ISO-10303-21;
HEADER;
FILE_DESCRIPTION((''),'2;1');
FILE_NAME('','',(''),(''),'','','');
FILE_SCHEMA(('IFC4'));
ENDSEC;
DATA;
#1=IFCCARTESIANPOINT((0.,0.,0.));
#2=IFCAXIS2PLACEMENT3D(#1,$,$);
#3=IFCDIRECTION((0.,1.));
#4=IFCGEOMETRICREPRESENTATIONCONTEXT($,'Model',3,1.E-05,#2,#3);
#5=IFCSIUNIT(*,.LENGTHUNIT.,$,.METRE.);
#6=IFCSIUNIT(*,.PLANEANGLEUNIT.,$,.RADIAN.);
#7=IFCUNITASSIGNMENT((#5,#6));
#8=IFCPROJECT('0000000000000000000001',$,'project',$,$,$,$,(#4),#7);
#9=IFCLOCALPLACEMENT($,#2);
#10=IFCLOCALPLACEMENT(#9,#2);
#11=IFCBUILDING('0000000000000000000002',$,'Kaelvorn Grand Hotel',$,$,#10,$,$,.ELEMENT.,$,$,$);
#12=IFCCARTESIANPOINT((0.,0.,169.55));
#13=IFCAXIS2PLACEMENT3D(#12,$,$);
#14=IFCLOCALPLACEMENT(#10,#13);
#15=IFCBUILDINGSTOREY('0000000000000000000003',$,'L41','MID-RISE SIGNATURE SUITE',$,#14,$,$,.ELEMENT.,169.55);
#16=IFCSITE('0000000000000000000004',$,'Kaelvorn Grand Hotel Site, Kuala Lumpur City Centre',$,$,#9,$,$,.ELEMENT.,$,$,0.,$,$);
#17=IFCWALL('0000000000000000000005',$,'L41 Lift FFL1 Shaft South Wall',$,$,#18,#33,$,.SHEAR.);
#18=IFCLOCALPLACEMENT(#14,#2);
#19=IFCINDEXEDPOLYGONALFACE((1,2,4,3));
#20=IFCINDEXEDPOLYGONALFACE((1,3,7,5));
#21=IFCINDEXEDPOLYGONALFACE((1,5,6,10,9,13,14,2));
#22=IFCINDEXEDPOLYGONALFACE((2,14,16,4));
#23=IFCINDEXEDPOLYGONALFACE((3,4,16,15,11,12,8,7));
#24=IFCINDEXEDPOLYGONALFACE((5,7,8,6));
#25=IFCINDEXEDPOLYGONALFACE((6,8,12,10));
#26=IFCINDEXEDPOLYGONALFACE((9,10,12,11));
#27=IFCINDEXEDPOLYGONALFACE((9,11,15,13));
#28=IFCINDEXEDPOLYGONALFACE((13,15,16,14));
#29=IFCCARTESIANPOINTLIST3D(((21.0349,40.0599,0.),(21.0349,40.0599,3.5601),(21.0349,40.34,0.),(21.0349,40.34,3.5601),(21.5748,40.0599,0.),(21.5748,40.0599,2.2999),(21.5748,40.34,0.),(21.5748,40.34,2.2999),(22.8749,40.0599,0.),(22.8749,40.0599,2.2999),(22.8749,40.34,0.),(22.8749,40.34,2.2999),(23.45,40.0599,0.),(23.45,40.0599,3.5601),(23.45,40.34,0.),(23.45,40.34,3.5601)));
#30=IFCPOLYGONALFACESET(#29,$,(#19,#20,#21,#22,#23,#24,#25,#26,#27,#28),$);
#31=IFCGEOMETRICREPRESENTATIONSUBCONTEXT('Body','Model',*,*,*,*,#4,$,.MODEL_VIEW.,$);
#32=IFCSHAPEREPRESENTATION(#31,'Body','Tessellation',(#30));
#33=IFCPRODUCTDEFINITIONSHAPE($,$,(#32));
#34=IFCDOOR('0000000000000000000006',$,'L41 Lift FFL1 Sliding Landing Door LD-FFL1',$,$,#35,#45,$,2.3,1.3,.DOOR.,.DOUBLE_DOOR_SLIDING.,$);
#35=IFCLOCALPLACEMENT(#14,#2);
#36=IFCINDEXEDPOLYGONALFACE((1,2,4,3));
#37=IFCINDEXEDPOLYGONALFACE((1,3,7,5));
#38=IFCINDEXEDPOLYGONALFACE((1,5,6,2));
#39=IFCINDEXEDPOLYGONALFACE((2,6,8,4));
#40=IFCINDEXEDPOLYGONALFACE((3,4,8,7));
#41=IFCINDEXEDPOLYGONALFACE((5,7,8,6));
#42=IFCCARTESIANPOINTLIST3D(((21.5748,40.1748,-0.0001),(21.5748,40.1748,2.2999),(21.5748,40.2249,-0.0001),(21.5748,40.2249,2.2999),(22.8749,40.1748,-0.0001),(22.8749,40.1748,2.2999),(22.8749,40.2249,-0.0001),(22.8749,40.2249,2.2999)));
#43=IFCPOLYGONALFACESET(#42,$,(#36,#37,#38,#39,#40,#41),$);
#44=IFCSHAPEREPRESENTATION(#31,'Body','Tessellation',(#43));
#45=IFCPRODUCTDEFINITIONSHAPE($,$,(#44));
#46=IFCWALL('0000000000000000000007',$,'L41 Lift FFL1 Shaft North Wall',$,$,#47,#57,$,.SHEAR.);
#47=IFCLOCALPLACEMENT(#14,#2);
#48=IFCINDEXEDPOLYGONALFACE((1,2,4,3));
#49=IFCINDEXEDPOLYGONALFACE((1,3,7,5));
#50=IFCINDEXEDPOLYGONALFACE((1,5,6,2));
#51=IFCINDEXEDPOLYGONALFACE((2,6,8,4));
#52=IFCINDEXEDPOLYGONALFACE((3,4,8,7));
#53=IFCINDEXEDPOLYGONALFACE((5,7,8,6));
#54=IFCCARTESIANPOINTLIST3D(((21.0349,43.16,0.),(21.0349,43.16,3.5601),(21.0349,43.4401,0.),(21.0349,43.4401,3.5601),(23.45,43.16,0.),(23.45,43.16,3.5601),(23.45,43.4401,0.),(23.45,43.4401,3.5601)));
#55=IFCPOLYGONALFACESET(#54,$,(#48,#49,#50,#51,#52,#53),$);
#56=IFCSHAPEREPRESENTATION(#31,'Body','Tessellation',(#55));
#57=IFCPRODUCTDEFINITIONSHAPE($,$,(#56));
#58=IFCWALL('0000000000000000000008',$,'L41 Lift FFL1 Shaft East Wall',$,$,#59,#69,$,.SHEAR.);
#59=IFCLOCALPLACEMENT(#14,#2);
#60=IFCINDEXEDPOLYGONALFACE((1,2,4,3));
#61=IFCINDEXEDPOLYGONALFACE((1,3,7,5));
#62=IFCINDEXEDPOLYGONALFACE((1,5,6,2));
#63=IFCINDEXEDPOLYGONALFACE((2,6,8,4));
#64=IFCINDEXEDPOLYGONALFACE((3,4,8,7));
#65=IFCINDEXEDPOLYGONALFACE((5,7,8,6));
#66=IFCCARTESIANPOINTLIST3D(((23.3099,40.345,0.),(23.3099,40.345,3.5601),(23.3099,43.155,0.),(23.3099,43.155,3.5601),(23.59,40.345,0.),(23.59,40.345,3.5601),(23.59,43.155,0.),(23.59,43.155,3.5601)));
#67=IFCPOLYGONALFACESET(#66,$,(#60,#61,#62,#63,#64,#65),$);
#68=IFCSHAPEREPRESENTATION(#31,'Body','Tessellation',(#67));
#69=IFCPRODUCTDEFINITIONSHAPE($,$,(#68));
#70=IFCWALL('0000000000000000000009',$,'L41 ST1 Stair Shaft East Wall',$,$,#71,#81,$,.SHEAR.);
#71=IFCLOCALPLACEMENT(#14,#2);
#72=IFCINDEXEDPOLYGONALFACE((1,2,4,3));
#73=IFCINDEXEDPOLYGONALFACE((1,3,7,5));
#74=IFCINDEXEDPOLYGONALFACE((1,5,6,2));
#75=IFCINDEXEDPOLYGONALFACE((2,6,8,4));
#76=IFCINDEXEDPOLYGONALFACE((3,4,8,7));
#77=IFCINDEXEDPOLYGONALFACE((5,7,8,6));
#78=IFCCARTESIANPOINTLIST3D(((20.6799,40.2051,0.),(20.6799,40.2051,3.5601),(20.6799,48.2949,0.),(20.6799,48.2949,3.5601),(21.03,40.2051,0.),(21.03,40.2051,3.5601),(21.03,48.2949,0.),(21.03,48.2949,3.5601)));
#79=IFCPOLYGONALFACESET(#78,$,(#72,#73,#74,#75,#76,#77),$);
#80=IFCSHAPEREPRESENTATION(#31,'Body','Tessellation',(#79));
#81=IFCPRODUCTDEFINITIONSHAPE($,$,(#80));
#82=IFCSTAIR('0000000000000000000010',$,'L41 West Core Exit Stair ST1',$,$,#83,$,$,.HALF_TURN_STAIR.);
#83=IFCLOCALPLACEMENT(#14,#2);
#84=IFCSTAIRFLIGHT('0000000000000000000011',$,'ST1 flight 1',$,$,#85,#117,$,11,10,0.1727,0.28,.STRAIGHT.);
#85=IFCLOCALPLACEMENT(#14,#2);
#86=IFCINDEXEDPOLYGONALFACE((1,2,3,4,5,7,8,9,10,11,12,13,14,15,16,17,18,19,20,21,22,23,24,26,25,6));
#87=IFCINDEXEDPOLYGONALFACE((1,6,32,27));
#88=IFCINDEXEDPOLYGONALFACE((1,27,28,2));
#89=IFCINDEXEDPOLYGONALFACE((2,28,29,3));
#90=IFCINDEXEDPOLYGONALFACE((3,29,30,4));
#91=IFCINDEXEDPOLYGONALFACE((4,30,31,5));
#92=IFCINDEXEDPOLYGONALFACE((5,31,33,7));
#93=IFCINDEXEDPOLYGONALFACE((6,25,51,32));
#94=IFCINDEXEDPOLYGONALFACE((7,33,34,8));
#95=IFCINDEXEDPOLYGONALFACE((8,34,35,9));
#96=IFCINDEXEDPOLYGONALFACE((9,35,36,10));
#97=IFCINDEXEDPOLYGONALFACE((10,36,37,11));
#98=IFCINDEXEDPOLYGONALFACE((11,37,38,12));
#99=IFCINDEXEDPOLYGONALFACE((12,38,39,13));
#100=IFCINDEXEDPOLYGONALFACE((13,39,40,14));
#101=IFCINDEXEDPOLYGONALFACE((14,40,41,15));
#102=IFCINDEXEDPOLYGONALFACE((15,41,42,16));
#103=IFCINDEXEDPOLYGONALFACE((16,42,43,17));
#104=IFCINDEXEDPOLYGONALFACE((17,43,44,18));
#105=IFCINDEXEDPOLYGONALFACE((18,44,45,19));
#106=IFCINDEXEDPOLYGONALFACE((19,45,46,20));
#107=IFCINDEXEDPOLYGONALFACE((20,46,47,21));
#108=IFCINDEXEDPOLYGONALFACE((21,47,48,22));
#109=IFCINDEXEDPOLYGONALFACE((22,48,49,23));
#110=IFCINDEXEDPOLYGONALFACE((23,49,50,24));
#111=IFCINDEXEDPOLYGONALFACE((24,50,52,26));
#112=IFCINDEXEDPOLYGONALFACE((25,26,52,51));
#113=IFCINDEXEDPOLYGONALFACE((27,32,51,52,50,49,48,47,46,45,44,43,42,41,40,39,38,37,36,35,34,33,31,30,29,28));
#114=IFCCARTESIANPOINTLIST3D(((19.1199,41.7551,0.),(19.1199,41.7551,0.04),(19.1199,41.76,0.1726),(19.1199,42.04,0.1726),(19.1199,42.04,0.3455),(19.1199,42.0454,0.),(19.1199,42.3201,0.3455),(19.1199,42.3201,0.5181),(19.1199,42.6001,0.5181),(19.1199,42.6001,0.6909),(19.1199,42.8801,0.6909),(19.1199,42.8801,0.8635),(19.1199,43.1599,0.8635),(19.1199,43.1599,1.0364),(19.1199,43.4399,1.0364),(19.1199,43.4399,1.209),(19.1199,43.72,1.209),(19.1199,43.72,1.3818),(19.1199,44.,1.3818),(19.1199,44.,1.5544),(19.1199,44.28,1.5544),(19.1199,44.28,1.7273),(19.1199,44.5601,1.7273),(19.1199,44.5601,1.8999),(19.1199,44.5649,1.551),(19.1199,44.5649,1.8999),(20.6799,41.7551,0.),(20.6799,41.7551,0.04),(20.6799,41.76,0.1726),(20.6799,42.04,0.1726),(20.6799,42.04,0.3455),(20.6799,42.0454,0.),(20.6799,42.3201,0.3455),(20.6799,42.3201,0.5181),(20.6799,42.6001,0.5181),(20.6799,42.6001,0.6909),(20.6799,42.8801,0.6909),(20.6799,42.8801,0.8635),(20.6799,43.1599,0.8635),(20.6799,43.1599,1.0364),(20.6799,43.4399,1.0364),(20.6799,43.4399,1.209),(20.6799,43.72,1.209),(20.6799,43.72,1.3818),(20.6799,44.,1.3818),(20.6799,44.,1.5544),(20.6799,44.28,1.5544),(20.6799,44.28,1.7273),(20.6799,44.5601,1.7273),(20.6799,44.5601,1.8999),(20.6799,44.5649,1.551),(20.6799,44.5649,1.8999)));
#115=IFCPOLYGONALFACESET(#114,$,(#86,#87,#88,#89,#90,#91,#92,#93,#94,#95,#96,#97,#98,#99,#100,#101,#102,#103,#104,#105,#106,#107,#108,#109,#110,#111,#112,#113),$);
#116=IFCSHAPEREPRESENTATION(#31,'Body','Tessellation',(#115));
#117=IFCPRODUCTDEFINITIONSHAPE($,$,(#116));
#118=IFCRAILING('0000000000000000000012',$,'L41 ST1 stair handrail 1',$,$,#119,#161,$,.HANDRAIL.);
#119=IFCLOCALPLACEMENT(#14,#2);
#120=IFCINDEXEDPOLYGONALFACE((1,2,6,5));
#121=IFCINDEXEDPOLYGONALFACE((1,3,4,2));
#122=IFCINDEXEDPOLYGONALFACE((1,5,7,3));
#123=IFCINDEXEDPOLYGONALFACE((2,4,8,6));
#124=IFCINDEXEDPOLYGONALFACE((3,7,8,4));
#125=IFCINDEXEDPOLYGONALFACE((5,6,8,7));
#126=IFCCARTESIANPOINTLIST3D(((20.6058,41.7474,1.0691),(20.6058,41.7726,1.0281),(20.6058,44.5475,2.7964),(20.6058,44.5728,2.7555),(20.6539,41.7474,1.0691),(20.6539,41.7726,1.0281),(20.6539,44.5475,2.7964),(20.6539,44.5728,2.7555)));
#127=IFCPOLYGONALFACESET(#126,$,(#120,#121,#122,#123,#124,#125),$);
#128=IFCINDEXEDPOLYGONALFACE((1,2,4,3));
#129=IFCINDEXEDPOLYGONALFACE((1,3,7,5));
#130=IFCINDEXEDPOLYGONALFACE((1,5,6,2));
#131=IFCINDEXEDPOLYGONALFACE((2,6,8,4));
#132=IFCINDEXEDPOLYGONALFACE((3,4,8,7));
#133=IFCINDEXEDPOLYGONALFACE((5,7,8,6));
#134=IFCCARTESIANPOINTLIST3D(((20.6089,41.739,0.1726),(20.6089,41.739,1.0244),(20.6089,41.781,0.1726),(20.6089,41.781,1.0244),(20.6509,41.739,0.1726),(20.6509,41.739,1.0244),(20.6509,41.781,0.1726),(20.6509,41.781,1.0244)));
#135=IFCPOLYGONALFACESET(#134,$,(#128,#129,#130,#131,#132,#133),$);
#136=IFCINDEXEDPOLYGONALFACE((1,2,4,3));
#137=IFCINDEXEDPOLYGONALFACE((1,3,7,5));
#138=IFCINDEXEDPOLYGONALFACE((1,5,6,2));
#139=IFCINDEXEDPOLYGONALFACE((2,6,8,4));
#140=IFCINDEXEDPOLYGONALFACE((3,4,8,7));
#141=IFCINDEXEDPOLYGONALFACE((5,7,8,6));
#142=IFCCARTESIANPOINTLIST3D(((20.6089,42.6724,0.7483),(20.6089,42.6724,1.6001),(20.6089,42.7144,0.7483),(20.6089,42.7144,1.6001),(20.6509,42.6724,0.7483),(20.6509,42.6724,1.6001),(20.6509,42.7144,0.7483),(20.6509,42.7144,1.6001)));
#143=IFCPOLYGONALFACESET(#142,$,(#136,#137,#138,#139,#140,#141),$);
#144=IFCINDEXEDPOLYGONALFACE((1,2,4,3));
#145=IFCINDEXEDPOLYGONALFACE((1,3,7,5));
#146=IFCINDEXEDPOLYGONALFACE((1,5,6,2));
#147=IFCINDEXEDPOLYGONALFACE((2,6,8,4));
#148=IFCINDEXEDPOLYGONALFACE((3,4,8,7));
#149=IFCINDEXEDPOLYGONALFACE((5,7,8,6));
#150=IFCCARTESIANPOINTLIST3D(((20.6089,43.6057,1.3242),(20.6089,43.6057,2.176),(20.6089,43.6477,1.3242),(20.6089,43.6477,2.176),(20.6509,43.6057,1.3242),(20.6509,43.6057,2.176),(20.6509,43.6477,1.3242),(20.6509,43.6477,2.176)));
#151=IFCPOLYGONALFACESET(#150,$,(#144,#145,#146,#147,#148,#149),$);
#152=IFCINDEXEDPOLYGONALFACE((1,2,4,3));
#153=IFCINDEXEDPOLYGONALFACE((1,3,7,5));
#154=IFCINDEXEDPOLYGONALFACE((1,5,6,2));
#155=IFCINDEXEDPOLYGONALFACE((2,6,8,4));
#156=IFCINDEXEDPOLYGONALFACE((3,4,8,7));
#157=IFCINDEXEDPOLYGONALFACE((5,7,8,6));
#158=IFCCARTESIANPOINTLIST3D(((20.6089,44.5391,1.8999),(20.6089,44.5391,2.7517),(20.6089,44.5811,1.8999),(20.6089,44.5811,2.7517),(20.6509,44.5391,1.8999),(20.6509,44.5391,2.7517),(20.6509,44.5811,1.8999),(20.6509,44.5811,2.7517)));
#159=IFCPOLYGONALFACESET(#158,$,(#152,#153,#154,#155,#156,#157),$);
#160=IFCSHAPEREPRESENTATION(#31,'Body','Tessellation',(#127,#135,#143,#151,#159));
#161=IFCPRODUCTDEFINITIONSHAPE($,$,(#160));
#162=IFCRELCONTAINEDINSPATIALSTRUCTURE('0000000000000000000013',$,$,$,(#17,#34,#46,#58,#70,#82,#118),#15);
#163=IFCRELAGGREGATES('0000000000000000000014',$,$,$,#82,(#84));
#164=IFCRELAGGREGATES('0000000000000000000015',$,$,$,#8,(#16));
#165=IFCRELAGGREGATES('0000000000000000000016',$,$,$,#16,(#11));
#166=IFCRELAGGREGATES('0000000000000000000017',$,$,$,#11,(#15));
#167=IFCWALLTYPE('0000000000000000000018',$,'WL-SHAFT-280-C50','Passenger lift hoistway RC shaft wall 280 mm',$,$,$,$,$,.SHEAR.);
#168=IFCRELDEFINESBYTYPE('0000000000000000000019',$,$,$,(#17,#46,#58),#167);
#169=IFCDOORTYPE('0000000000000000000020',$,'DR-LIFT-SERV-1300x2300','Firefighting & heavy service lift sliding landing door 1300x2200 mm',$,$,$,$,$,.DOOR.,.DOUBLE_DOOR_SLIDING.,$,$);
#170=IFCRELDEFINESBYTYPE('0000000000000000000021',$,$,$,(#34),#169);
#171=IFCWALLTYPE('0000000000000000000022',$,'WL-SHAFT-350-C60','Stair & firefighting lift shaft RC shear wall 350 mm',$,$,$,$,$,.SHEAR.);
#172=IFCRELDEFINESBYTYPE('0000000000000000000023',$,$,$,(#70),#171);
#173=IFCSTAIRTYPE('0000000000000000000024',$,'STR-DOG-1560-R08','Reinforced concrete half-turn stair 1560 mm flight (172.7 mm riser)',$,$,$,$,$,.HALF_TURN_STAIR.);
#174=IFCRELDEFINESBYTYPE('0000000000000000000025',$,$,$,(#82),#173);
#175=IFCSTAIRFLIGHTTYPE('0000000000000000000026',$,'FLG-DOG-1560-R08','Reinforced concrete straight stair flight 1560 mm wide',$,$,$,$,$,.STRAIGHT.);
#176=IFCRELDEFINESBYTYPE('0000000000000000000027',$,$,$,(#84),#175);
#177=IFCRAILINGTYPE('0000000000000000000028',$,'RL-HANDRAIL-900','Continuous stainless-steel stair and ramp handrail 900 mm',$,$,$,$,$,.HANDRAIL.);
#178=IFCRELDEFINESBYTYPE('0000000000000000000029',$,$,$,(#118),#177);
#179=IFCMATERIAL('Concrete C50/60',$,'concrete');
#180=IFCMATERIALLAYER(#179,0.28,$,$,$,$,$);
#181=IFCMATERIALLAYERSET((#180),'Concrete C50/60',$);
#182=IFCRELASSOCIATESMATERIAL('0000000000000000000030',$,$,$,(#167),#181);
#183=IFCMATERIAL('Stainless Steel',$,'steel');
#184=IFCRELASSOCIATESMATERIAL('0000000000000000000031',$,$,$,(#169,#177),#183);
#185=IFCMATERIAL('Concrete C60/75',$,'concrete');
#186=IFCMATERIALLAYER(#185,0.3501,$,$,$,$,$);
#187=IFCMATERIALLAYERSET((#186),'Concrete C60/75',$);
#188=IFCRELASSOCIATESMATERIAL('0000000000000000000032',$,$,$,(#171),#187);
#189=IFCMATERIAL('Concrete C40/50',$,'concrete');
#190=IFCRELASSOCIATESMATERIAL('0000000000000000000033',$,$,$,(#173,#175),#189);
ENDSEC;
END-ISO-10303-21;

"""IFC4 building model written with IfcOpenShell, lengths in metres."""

from ifc_helpers import new_model, si_unit, direction, frame, frame_2d, origin, origin_2d, place, context, subcontext, project, spatial, polyline, rectangle, outline, extrude, material, layer, layer_set, type_object, element, fill, aggregate, save


model = new_model("IFC4")

# Units and contexts
model_context = context("Model", 3, precision=1e-05, world=origin(), true_north=direction((0.0, 1.0)))
body_context = subcontext(model_context, "Body", "Model", "MODEL_VIEW")
ifc_project = project(units=[si_unit("LENGTHUNIT", "METRE"), si_unit("PLANEANGLEUNIT", "RADIAN")], contexts=[model_context])

# Site, building, storey
site_placement = place(None, origin())
site = spatial("IfcSite", under=ifc_project, at=site_placement, Name="Kaelvorn Grand Hotel Site, Kuala Lumpur City Centre", CompositionType="ELEMENT", RefElevation=0.0)
building_placement = place(site_placement, origin())
building = spatial("IfcBuilding", under=site, at=building_placement, Name="Kaelvorn Grand Hotel", CompositionType="ELEMENT")
storey_placement = place(building_placement, frame((0.0, 0.0, 169.55)))
storey = spatial("IfcBuildingStorey", under=building, at=storey_placement, Name="L41", Description="MID-RISE SIGNATURE SUITE", CompositionType="ELEMENT", Elevation=169.55)

# Shared definitions
ifc_material_1 = material(Name="Concrete C60/75", Category="concrete")

# Shared definitions
ifc_material_2 = material(Name="Concrete C50/60", Category="concrete")

# Shared definitions
ifc_material_3 = material(Name="Concrete C40/50", Category="concrete")

# Wall, opening, door
ifc_layer_1 = layer(ifc_material_2, 0.28)
ifc_layer_set_1 = layer_set([ifc_layer_1], Name="Concrete C50/60")
wall_type_1 = type_object("IfcWallType", Name="WL-SHAFT-280-C50", Description="Passenger lift hoistway RC shaft wall 280 mm", PredefinedType="SHEAR", material=ifc_layer_set_1)
wall_1_placement = place(storey_placement, frame((21.0349, 40.2, 0.0), z_axis=(0.0, 0.0, 1.0), x_axis=(1.0, 0.0, 0.0)))
wall_1 = element("IfcWall", 1, at=wall_1_placement, inside=storey, type_object=wall_type_1, Name="L41 Lift FFL1 Shaft South Wall", PredefinedType="SHEAR", context=body_context, shape_type="SweptSolid", body=[
    extrude(rectangle(XDim=2.415, YDim=0.28, at=frame_2d((1.2075, 0.0))), origin(), (0.0, 0.0, 1.0), 3.5601),
])
opening_1_placement = place(wall_1_placement, frame((0.54, 0.0, 0.0)))
opening_1 = element("IfcOpeningElement", 2, at=opening_1_placement, cuts=wall_1, PredefinedType="OPENING", context=body_context, shape_type="SweptSolid", body=[
    extrude(rectangle(XDim=1.3, YDim=2.3, at=frame_2d((0.6499, 1.1499))), frame((0.0, 0.1499, 0.0), z_axis=(0.0, -1.0, 0.0), x_axis=(1.0, 0.0, 0.0)), (0.0, 0.0, 1.0), 0.3),
])
ifc_material_4 = material(Name="Stainless Steel", Category="steel")
door_type_1 = type_object("IfcDoorType", Name="DR-LIFT-SERV-1300x2300", Description="Firefighting & heavy service lift sliding landing door 1300x2200 mm", OperationType="DOUBLE_DOOR_SLIDING", PredefinedType="DOOR", material=ifc_material_4)
door_1_placement = place(opening_1_placement, origin())
door_1 = element("IfcDoor", 3, at=door_1_placement, inside=storey, type_object=door_type_1, Name="L41 Lift FFL1 Sliding Landing Door LD-FFL1", OperationType="DOUBLE_DOOR_SLIDING", OverallHeight=2.3, OverallWidth=1.3, PredefinedType="DOOR", context=body_context, shape_type="SweptSolid", body=[
    extrude(rectangle(XDim=1.3, YDim=2.3, at=frame_2d((0.6499, 1.1499))), frame((0.0, 0.0249, 0.0), z_axis=(0.0, -1.0, 0.0), x_axis=(1.0, 0.0, 0.0)), (0.0, 0.0, 1.0), 0.05),
])
fill(opening_1, door_1)

# Walls
wall_2_placement = place(storey_placement, frame((21.0349, 43.3, 0.0), z_axis=(0.0, 0.0, 1.0), x_axis=(1.0, 0.0, 0.0)))
element("IfcWall", 4, at=wall_2_placement, inside=storey, type_object=wall_type_1, Name="L41 Lift FFL1 Shaft North Wall", PredefinedType="SHEAR", context=body_context, shape_type="SweptSolid", body=[
    extrude(rectangle(XDim=2.415, YDim=0.28, at=frame_2d((1.2075, 0.0))), origin(), (0.0, 0.0, 1.0), 3.5601),
])
wall_3_placement = place(storey_placement, frame((23.45, 40.345, 0.0), z_axis=(0.0, 0.0, 1.0), x_axis=(0.0, 1.0, 0.0)))
element("IfcWall", 5, at=wall_3_placement, inside=storey, type_object=wall_type_1, Name="L41 Lift FFL1 Shaft East Wall", PredefinedType="SHEAR", context=body_context, shape_type="SweptSolid", body=[
    extrude(rectangle(XDim=2.8101, YDim=0.28, at=frame_2d((1.405, 0.0))), origin(), (0.0, 0.0, 1.0), 3.5601),
])
ifc_layer_2 = layer(ifc_material_1, 0.3501)
ifc_layer_set_2 = layer_set([ifc_layer_2], Name="Concrete C60/75")
wall_type_2 = type_object("IfcWallType", Name="WL-SHAFT-350-C60", Description="Stair & firefighting lift shaft RC shear wall 350 mm", PredefinedType="SHEAR", material=ifc_layer_set_2)
wall_4_placement = place(storey_placement, frame((20.855, 40.2051, 0.0), z_axis=(0.0, 0.0, 1.0), x_axis=(0.0, 1.0, 0.0)))
element("IfcWall", 6, at=wall_4_placement, inside=storey, type_object=wall_type_2, Name="L41 ST1 Stair Shaft East Wall", PredefinedType="SHEAR", context=body_context, shape_type="SweptSolid", body=[
    extrude(rectangle(XDim=8.0898, YDim=0.3501, at=frame_2d((4.0449, 0.0))), origin(), (0.0, 0.0, 1.0), 3.5601),
])

# Stair, stair flight
stair_type = type_object("IfcStairType", Name="STR-DOG-1560-R08", Description="Reinforced concrete half-turn stair 1560 mm flight (172.7 mm riser)", PredefinedType="HALF_TURN_STAIR", material=ifc_material_3)
stair_placement = place(storey_placement, origin())
stair = element("IfcStair", 7, at=stair_placement, inside=storey, type_object=stair_type, Name="L41 West Core Exit Stair ST1", PredefinedType="HALF_TURN_STAIR")
stair_flight_type = type_object("IfcStairFlightType", Name="FLG-DOG-1560-R08", Description="Reinforced concrete straight stair flight 1560 mm wide", PredefinedType="STRAIGHT", material=ifc_material_3)
stair_flight_placement = place(storey_placement, frame((19.8999, 41.76, 0.0), z_axis=(0.0, 0.0, 1.0), x_axis=(0.0, 1.0, 0.0)))
stair_flight = element("IfcStairFlight", 8, at=stair_flight_placement, type_object=stair_flight_type, Name="ST1 flight 1", NumberOfRisers=11, NumberOfTreads=10, PredefinedType="STRAIGHT", RiserHeight=0.1727, TreadLength=0.28, context=body_context, shape_type="SweptSolid", body=[
    extrude(outline(polyline([(-0.0049, 0.0), (-0.0049, 0.04), (0.0, 0.1726), (0.28, 0.1726), (0.28, 0.3455), (0.5601, 0.3455), (0.5601, 0.5181), (0.8401, 0.5181), (0.8401, 0.6909), (1.1201, 0.6909), (1.1201, 0.8635), (1.3999, 0.8635), (1.3999, 1.0364), (1.6799, 1.0364), (1.6799, 1.209), (1.96, 1.209), (1.96, 1.3818), (2.24, 1.3818), (2.24, 1.5544), (2.52, 1.5544), (2.52, 1.7273), (2.8, 1.7273), (2.8, 1.8999), (2.8049, 1.8999), (2.8049, 1.551), (0.2854, 0.0), (-0.0049, 0.0)])), frame((0.0, 0.78, 0.0), z_axis=(0.0, -1.0, 0.0), x_axis=(1.0, 0.0, 0.0)), (0.0, 0.0, 1.0), 1.5601),
])
aggregate(stair, [stair_flight])

# Railing
railing_type_1 = type_object("IfcRailingType", Name="RL-HANDRAIL-900", Description="Continuous stainless-steel stair and ramp handrail 900 mm", PredefinedType="HANDRAIL", material=ifc_material_4)
railing_1_placement = place(storey_placement, frame((20.6299, 41.76, 0.1726)))
element("IfcRailing", 9, at=railing_1_placement, inside=storey, type_object=railing_type_1, Name="L41 ST1 stair handrail 1", PredefinedType="HANDRAIL", context=body_context, shape_type="SweptSolid", body=[
    extrude(rectangle(XDim=0.0481, YDim=0.0481, at=origin_2d()), frame((0.0, 0.0, 0.876), z_axis=(0.0, 0.85109, 0.52502), x_axis=(-1.0, 0.0, 0.0)), (0.0, 0.0, 1.0), 3.29),
    extrude(rectangle(XDim=0.042, YDim=0.042, at=origin_2d()), origin(), (0.0, 0.0, 1.0), 0.8518),
    extrude(rectangle(XDim=0.042, YDim=0.042, at=origin_2d()), frame((0.0, 0.9333, 0.5757)), (0.0, 0.0, 1.0), 0.8518),
    extrude(rectangle(XDim=0.042, YDim=0.042, at=origin_2d()), frame((0.0, 1.8667, 1.1516)), (0.0, 0.0, 1.0), 0.8518),
    extrude(rectangle(XDim=0.042, YDim=0.042, at=origin_2d()), frame((0.0, 2.8, 1.7273)), (0.0, 0.0, 1.0), 0.8518),
])

save(model, "model.ifc")
